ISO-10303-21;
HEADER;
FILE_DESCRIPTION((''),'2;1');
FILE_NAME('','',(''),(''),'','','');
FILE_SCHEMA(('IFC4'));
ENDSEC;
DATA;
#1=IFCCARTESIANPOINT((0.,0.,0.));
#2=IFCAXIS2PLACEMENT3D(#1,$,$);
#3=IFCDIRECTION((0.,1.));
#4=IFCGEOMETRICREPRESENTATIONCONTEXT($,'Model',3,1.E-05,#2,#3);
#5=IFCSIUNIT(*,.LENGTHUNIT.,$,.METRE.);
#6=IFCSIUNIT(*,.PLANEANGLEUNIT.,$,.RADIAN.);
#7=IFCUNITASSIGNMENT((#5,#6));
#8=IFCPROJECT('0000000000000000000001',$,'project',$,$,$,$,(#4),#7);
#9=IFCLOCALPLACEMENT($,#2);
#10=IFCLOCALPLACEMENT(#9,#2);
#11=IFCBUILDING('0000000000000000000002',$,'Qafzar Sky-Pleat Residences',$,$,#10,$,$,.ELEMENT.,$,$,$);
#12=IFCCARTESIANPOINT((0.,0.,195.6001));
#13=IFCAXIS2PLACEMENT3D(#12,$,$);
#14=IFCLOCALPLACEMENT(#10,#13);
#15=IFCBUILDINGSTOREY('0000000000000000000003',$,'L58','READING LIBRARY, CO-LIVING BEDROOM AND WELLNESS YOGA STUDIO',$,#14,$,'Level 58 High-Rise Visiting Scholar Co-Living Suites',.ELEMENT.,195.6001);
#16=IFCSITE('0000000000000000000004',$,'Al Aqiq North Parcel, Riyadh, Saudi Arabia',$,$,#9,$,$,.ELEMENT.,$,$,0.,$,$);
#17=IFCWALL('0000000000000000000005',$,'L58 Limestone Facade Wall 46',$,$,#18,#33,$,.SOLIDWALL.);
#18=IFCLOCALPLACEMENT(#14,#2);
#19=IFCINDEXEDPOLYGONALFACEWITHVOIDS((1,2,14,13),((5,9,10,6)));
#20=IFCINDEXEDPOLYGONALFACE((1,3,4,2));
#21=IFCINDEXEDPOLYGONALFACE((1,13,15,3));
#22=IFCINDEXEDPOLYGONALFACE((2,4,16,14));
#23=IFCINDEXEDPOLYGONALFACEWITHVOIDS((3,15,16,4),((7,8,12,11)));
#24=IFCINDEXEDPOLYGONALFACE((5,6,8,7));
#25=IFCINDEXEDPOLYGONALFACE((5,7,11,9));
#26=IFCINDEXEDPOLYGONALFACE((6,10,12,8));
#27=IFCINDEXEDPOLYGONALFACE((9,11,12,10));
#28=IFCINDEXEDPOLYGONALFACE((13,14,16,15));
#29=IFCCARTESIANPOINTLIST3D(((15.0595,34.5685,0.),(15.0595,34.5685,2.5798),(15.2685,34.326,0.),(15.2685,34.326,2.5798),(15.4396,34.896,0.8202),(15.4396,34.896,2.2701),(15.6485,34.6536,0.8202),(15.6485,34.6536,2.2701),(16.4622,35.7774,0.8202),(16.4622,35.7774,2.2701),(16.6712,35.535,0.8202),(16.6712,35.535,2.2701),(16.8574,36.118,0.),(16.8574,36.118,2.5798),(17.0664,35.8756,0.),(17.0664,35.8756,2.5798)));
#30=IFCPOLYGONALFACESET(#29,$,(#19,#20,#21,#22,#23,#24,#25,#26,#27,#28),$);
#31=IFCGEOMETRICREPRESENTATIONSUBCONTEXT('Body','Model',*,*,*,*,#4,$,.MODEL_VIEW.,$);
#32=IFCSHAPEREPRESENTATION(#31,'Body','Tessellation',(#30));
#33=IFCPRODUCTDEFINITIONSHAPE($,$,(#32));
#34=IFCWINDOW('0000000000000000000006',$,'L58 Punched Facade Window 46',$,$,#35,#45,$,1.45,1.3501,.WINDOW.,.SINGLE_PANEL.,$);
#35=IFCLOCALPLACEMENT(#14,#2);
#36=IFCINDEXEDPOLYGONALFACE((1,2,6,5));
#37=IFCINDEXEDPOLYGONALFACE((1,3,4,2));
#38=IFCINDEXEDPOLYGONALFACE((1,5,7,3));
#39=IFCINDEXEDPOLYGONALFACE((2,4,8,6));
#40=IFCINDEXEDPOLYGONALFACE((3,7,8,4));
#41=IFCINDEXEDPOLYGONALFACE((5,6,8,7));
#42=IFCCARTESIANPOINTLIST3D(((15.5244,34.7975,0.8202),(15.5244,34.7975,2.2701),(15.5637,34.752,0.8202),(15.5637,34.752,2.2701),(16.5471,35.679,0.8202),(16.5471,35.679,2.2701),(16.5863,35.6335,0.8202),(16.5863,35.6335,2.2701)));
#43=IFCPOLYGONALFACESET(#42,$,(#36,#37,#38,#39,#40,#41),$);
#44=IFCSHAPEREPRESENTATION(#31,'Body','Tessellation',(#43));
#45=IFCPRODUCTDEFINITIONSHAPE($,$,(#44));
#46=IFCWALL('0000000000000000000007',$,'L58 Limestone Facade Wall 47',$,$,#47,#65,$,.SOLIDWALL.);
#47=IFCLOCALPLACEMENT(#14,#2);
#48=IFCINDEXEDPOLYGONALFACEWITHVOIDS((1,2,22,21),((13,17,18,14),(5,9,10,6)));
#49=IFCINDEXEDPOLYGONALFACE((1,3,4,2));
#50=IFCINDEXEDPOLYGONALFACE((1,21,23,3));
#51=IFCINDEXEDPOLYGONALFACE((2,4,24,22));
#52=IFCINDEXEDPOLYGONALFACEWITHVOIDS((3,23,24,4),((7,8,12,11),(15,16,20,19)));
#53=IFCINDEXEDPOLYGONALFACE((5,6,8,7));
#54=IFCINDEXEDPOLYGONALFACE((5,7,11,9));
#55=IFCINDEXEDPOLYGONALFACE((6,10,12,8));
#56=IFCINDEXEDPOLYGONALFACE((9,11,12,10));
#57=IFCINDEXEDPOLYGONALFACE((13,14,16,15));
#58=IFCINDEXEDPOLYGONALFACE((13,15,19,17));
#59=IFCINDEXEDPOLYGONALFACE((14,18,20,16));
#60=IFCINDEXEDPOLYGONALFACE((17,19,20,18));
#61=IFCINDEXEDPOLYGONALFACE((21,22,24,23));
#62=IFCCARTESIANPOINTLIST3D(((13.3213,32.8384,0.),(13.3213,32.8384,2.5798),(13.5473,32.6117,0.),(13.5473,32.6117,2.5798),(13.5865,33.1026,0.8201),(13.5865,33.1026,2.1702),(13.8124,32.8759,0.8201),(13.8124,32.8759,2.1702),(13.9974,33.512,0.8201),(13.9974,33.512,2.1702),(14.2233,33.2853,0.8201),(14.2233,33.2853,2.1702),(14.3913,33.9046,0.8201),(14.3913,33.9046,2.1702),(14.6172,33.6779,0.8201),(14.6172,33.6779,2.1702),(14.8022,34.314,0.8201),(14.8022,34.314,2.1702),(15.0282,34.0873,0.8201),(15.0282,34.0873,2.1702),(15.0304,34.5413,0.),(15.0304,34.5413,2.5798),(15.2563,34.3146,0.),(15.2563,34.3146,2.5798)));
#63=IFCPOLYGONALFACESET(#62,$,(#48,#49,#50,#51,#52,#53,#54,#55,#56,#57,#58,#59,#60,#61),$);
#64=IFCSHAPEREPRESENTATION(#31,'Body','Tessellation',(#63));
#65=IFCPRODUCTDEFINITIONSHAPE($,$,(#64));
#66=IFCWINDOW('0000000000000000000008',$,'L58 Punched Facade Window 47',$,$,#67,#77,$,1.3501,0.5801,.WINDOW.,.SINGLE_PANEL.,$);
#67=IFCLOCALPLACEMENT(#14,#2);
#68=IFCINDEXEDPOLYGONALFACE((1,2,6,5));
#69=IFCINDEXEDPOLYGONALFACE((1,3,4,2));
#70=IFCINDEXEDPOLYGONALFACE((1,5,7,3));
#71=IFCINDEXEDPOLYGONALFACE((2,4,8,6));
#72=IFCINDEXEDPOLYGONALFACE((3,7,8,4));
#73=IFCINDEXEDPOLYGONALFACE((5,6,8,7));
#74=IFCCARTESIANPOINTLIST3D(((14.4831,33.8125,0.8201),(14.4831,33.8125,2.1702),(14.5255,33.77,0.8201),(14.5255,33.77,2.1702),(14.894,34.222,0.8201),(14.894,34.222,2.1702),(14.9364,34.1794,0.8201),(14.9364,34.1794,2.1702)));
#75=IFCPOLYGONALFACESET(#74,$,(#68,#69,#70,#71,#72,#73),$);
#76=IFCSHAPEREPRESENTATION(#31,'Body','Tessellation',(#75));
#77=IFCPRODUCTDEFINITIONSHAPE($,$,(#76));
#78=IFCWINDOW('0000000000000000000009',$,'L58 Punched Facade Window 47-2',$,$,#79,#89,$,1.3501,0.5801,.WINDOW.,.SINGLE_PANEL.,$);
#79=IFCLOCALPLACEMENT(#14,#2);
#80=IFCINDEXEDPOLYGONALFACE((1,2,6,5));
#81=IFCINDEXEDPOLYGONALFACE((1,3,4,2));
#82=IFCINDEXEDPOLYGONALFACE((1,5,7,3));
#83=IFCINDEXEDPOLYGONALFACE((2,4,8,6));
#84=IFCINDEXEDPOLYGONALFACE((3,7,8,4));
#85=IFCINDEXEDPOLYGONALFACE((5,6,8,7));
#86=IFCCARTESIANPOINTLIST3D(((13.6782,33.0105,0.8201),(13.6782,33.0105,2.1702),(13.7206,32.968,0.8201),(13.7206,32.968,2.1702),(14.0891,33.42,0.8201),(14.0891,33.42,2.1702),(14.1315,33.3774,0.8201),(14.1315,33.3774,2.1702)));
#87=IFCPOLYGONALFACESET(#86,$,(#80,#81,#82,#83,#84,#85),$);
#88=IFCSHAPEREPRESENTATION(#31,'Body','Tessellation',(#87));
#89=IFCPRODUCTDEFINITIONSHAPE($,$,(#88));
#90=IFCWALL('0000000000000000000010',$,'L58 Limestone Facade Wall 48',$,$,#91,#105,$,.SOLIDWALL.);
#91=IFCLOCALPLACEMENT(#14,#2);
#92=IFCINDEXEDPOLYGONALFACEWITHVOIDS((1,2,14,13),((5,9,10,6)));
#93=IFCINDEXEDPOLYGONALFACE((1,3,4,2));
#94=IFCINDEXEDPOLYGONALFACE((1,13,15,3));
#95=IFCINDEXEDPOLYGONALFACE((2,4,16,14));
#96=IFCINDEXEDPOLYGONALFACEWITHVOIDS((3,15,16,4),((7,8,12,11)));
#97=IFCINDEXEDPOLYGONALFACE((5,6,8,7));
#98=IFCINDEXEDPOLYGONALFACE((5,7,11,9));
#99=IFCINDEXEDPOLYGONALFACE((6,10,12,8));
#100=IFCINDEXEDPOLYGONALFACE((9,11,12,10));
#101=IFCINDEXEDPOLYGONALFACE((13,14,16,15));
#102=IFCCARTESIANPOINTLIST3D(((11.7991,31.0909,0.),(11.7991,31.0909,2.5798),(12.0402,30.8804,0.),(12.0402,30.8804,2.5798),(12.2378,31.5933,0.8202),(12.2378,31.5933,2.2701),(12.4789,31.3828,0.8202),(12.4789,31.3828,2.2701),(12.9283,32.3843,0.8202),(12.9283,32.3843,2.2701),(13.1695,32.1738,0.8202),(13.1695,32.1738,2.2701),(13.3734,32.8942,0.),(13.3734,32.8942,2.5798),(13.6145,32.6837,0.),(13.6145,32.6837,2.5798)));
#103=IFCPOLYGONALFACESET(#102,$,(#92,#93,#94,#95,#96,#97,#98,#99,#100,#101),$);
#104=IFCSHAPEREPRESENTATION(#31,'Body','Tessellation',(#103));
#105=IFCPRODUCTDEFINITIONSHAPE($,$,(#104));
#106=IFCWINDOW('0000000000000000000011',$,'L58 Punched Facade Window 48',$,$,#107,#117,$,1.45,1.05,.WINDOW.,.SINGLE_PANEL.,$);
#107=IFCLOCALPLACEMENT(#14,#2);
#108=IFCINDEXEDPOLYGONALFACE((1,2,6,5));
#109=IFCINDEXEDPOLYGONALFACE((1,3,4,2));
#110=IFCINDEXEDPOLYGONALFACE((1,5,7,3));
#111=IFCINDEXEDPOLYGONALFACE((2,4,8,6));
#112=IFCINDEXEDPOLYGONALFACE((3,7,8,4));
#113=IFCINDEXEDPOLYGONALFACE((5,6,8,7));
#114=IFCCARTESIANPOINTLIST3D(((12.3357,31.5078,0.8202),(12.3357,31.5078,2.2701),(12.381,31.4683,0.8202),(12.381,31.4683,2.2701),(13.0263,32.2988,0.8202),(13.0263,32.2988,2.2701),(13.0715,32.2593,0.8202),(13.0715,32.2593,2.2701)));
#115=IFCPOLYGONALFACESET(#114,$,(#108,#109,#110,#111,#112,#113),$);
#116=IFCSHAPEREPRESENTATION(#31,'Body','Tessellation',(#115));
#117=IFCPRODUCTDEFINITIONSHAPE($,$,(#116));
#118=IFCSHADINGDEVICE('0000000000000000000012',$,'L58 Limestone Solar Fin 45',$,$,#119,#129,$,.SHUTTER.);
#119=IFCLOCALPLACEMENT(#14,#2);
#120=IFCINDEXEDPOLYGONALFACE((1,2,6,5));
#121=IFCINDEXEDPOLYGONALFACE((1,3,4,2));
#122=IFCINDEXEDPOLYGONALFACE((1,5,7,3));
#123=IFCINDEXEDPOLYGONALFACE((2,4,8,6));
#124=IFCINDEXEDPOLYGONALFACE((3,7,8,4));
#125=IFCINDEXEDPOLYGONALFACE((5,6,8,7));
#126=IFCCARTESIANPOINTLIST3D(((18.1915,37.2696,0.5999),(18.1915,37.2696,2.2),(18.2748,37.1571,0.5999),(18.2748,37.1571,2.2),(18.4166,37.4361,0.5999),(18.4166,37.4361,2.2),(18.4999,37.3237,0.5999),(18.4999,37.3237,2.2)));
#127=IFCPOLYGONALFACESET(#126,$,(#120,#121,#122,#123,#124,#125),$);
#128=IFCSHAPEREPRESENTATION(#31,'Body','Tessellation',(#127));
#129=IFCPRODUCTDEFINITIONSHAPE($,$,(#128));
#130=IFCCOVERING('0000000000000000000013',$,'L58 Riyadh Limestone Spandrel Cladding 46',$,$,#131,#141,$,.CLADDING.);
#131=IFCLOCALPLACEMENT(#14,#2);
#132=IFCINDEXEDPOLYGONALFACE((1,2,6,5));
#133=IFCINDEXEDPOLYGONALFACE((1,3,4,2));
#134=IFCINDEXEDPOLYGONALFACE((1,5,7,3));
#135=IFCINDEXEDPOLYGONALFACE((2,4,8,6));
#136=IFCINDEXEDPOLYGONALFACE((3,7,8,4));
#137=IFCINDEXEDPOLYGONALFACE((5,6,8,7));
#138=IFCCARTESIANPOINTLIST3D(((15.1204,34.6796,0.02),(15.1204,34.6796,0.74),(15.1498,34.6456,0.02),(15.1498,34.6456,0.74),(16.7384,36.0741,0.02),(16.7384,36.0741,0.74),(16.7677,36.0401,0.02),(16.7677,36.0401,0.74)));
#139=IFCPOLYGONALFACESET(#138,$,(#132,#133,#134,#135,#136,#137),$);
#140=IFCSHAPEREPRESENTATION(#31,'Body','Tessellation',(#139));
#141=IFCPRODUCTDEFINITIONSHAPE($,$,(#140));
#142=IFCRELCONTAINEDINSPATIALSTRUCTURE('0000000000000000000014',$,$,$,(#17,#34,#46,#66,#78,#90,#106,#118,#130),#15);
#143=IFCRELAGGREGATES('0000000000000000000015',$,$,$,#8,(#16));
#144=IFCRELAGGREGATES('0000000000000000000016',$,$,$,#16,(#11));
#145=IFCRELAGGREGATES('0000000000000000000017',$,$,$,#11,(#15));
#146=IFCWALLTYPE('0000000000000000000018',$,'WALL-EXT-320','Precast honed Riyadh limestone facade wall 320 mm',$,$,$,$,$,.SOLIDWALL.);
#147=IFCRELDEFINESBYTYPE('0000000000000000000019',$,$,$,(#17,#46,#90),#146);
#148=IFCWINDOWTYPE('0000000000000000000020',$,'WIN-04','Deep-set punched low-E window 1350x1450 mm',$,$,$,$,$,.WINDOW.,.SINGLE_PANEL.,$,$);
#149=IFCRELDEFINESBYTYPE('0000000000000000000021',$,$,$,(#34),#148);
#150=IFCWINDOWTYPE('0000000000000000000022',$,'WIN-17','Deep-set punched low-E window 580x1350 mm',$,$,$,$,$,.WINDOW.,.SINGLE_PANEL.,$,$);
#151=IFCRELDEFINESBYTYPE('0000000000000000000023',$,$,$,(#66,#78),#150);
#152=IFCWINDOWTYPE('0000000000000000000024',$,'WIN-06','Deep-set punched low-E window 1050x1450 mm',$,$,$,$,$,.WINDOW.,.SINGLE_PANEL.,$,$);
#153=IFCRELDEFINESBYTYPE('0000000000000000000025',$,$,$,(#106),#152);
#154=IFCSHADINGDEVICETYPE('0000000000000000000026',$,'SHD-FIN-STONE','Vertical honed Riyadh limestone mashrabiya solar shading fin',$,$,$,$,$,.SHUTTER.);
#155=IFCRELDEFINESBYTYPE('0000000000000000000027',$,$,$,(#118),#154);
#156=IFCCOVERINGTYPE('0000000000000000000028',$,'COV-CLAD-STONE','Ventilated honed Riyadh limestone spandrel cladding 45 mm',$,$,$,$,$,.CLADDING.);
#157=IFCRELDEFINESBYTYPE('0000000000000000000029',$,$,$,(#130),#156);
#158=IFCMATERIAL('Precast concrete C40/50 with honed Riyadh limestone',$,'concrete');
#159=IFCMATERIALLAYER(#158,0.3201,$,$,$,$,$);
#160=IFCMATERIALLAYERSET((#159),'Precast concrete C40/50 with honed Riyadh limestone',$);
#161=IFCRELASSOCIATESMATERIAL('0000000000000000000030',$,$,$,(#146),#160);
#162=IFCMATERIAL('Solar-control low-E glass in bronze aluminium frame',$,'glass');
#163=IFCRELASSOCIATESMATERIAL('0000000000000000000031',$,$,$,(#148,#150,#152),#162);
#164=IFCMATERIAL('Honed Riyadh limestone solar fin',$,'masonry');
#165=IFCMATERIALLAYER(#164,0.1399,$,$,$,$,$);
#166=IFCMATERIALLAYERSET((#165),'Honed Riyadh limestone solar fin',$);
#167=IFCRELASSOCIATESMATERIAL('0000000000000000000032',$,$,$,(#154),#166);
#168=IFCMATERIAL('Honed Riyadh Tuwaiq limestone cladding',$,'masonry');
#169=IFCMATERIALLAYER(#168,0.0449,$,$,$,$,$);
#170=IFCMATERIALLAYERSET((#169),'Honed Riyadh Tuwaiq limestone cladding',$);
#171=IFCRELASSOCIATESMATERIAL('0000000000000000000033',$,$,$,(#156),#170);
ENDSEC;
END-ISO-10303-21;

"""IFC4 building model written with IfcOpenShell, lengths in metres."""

from ifc_helpers import new_model, si_unit, direction, frame, frame_2d, origin, origin_2d, place, context, subcontext, project, spatial, rectangle, extrude, source, transform, mapped, material, layer, layer_set, type_object, element, fill, save


model = new_model("IFC4")

# Units and contexts
model_context = context("Model", 3, precision=1e-05, world=origin(), true_north=direction((0.0, 1.0)))
body_context = subcontext(model_context, "Body", "Model", "MODEL_VIEW")
ifc_project = project(units=[si_unit("LENGTHUNIT", "METRE"), si_unit("PLANEANGLEUNIT", "RADIAN")], contexts=[model_context])

# Site, building, storey
site_placement = place(None, origin())
site = spatial("IfcSite", under=ifc_project, at=site_placement, Name="Al Aqiq North Parcel, Riyadh, Saudi Arabia", CompositionType="ELEMENT", RefElevation=0.0)
building_placement = place(site_placement, origin())
building = spatial("IfcBuilding", under=site, at=building_placement, Name="Qafzar Sky-Pleat Residences", CompositionType="ELEMENT")
storey_placement = place(building_placement, frame((0.0, 0.0, 195.6001)))
storey = spatial("IfcBuildingStorey", under=building, at=storey_placement, Name="L58", Description="READING LIBRARY, CO-LIVING BEDROOM AND WELLNESS YOGA STUDIO", LongName="Level 58 High-Rise Visiting Scholar Co-Living Suites", CompositionType="ELEMENT", Elevation=195.6001)

# Wall, opening, window
ifc_material_1 = material(Name="Precast concrete C40/50 with honed Riyadh limestone", Category="concrete")
ifc_layer_1 = layer(ifc_material_1, 0.3201)
ifc_layer_set_1 = layer_set([ifc_layer_1], Name="Precast concrete C40/50 with honed Riyadh limestone")
wall_type_1 = type_object("IfcWallType", Name="WALL-EXT-320", Description="Precast honed Riyadh limestone facade wall 320 mm", PredefinedType="SOLIDWALL", material=ifc_layer_set_1)
ifc_material_2 = material(Name="Solar-control low-E glass in bronze aluminium frame", Category="glass")
wall_1_placement = place(storey_placement, frame((16.9619, 35.9968, 0.0), z_axis=(0.0, 0.0, 1.0), x_axis=(-0.757475, -0.652864, 0.0)))
wall_1 = element("IfcWall", 1, at=wall_1_placement, inside=storey, type_object=wall_type_1, Name="L58 Limestone Facade Wall 46", PredefinedType="SOLIDWALL", context=body_context, shape_type="SweptSolid", body=[
    extrude(rectangle(XDim=2.3735, YDim=0.3201, at=frame_2d((1.1868, 0.0))), origin(), (0.0, 0.0, 1.0), 2.5798),
])
opening_1_placement = place(wall_1_placement, frame((0.5217, 0.0, 0.8201)))
opening_1 = element("IfcOpeningElement", 2, at=opening_1_placement, cuts=wall_1, PredefinedType="OPENING", context=body_context, shape_type="SweptSolid", body=[
    extrude(rectangle(XDim=1.3501, YDim=1.45, at=frame_2d((0.675, 0.7251))), frame((0.0, 0.1699, 0.0), z_axis=(0.0, -1.0, 0.0), x_axis=(1.0, 0.0, 0.0)), (0.0, 0.0, 1.0), 0.3401),
])
window_type_1 = type_object("IfcWindowType", Name="WIN-04", Description="Deep-set punched low-E window 1350x1450 mm", PartitioningType="SINGLE_PANEL", PredefinedType="WINDOW", material=ifc_material_2)
shared_shape_1 = source(origin(), body_context, "Body", "SweptSolid", [
    extrude(rectangle(XDim=1.3501, YDim=1.45, at=frame_2d((0.675, 0.7251))), frame((0.0, 0.03, 0.0), z_axis=(0.0, -1.0, 0.0), x_axis=(1.0, 0.0, 0.0)), (0.0, 0.0, 1.0), 0.0601),
])
window_1_placement = place(opening_1_placement, origin())
window_1 = element("IfcWindow", 3, at=window_1_placement, inside=storey, type_object=window_type_1, Name="L58 Punched Facade Window 46", OverallHeight=1.45, OverallWidth=1.3501, PartitioningType="SINGLE_PANEL", PredefinedType="WINDOW", context=body_context, shape_type="MappedRepresentation", body=[
    mapped(shared_shape_1, transform((0.0, 0.0, 0.0), x_axis=(1.0, 0.0, 0.0), y_axis=(0.0, 1.0, 0.0), z_axis=(0.0, 0.0, 1.0), scale=1.0)),
])
fill(opening_1, window_1)

# Wall, openings, windows
wall_2_placement = place(storey_placement, frame((15.1433, 34.428, 0.0), z_axis=(0.0, 0.0, 1.0), x_axis=(-0.708371, -0.705841, 0.0)))
wall_2 = element("IfcWall", 4, at=wall_2_placement, inside=storey, type_object=wall_type_1, Name="L58 Limestone Facade Wall 47", PredefinedType="SOLIDWALL", context=body_context, shape_type="SweptSolid", body=[
    extrude(rectangle(XDim=2.4126, YDim=0.3201, at=frame_2d((1.2063, 0.0))), origin(), (0.0, 0.0, 1.0), 2.5798),
])
opening_2_placement = place(wall_2_placement, frame((0.322, 0.0, 0.8201)))
opening_2 = element("IfcOpeningElement", 5, at=opening_2_placement, cuts=wall_2, PredefinedType="OPENING", context=body_context, shape_type="SweptSolid", body=[
    extrude(rectangle(XDim=0.5801, YDim=1.3501, at=frame_2d((0.29, 0.675))), frame((0.0, 0.1699, 0.0), z_axis=(0.0, -1.0, 0.0), x_axis=(1.0, 0.0, 0.0)), (0.0, 0.0, 1.0), 0.3401),
])
opening_3_placement = place(wall_2_placement, frame((1.4583, 0.0, 0.8201)))
opening_3 = element("IfcOpeningElement", 6, at=opening_3_placement, cuts=wall_2, PredefinedType="OPENING", context=body_context, shape_type="SweptSolid", body=[
    extrude(rectangle(XDim=0.5801, YDim=1.3501, at=frame_2d((0.29, 0.675))), frame((0.0, 0.1699, 0.0), z_axis=(0.0, -1.0, 0.0), x_axis=(1.0, 0.0, 0.0)), (0.0, 0.0, 1.0), 0.3401),
])
window_type_2 = type_object("IfcWindowType", Name="WIN-17", Description="Deep-set punched low-E window 580x1350 mm", PartitioningType="SINGLE_PANEL", PredefinedType="WINDOW", material=ifc_material_2)
shared_shape_2 = source(origin(), body_context, "Body", "SweptSolid", [
    extrude(rectangle(XDim=0.5801, YDim=1.3501, at=frame_2d((0.29, 0.675))), frame((0.0, 0.03, 0.0), z_axis=(0.0, -1.0, 0.0), x_axis=(1.0, 0.0, 0.0)), (0.0, 0.0, 1.0), 0.0601),
])
window_2_placement = place(opening_2_placement, origin())
window_2 = element("IfcWindow", 7, at=window_2_placement, inside=storey, type_object=window_type_2, Name="L58 Punched Facade Window 47", OverallHeight=1.3501, OverallWidth=0.5801, PartitioningType="SINGLE_PANEL", PredefinedType="WINDOW", context=body_context, shape_type="MappedRepresentation", body=[
    mapped(shared_shape_2, transform((0.0, 0.0, 0.0), x_axis=(1.0, 0.0, 0.0), y_axis=(0.0, 1.0, 0.0), z_axis=(0.0, 0.0, 1.0), scale=1.0)),
])
fill(opening_2, window_2)
window_3_placement = place(opening_3_placement, origin())
window_3 = element("IfcWindow", 8, at=window_3_placement, inside=storey, type_object=window_type_2, Name="L58 Punched Facade Window 47-2", OverallHeight=1.3501, OverallWidth=0.5801, PartitioningType="SINGLE_PANEL", PredefinedType="WINDOW", context=body_context, shape_type="MappedRepresentation", body=[
    mapped(shared_shape_2, transform((0.0, 0.0, 0.0), x_axis=(1.0, 0.0, 0.0), y_axis=(0.0, 1.0, 0.0), z_axis=(0.0, 0.0, 1.0), scale=1.0)),
])
fill(opening_3, window_3)

# Wall, opening, window
wall_3_placement = place(storey_placement, frame((13.4939, 32.7888, 0.0), z_axis=(0.0, 0.0, 1.0), x_axis=(-0.657652, -0.753322, 0.0)))
wall_3 = element("IfcWall", 9, at=wall_3_placement, inside=storey, type_object=wall_type_1, Name="L58 Limestone Facade Wall 48", PredefinedType="SOLIDWALL", context=body_context, shape_type="SweptSolid", body=[
    extrude(rectangle(XDim=2.3938, YDim=0.3201, at=frame_2d((1.1968, 0.0))), origin(), (0.0, 0.0, 1.0), 2.5798),
])
opening_4_placement = place(wall_3_placement, frame((0.6768, 0.0, 0.8201)))
opening_4 = element("IfcOpeningElement", 10, at=opening_4_placement, cuts=wall_3, PredefinedType="OPENING", context=body_context, shape_type="SweptSolid", body=[
    extrude(rectangle(XDim=1.05, YDim=1.45, at=frame_2d((0.5249, 0.7251))), frame((0.0, 0.1699, 0.0), z_axis=(0.0, -1.0, 0.0), x_axis=(1.0, 0.0, 0.0)), (0.0, 0.0, 1.0), 0.3401),
])
window_type_3 = type_object("IfcWindowType", Name="WIN-06", Description="Deep-set punched low-E window 1050x1450 mm", PartitioningType="SINGLE_PANEL", PredefinedType="WINDOW", material=ifc_material_2)
shared_shape_3 = source(origin(), body_context, "Body", "SweptSolid", [
    extrude(rectangle(XDim=1.05, YDim=1.45, at=frame_2d((0.5249, 0.7251))), frame((0.0, 0.03, 0.0), z_axis=(0.0, -1.0, 0.0), x_axis=(1.0, 0.0, 0.0)), (0.0, 0.0, 1.0), 0.0601),
])
window_4_placement = place(opening_4_placement, origin())
window_4 = element("IfcWindow", 11, at=window_4_placement, inside=storey, type_object=window_type_3, Name="L58 Punched Facade Window 48", OverallHeight=1.45, OverallWidth=1.05, PartitioningType="SINGLE_PANEL", PredefinedType="WINDOW", context=body_context, shape_type="MappedRepresentation", body=[
    mapped(shared_shape_3, transform((0.0, 0.0, 0.0), x_axis=(1.0, 0.0, 0.0), y_axis=(0.0, 1.0, 0.0), z_axis=(0.0, 0.0, 1.0), scale=1.0)),
])
fill(opening_4, window_4)

# Shading device
ifc_material_3 = material(Name="Honed Riyadh limestone solar fin", Category="masonry")
ifc_layer_2 = layer(ifc_material_3, 0.1399)
ifc_layer_set_2 = layer_set([ifc_layer_2], Name="Honed Riyadh limestone solar fin")
shading_device_type = type_object("IfcShadingDeviceType", Name="SHD-FIN-STONE", Description="Vertical honed Riyadh limestone mashrabiya solar shading fin", PredefinedType="SHUTTER", material=ifc_layer_set_2)
shared_shape_4 = source(origin(), body_context, "Body", "SweptSolid", [
    extrude(rectangle(XDim=0.1399, YDim=0.28, at=origin_2d()), origin(), (0.0, 0.0, 1.0), 1.6001),
])
shading_device_placement = place(storey_placement, frame((18.3457, 37.2966, 0.5999), z_axis=(0.0, 0.0, 1.0), x_axis=(-0.594856, 0.803832, 0.0)))
element("IfcShadingDevice", 12, at=shading_device_placement, inside=storey, type_object=shading_device_type, Name="L58 Limestone Solar Fin 45", PredefinedType="SHUTTER", context=body_context, shape_type="MappedRepresentation", body=[
    mapped(shared_shape_4, transform((0.0, 0.0, 0.0), x_axis=(1.0, 0.0, 0.0), y_axis=(0.0, 1.0, 0.0), z_axis=(0.0, 0.0, 1.0), scale=1.0)),
])

# Covering
ifc_material_4 = material(Name="Honed Riyadh Tuwaiq limestone cladding", Category="masonry")
ifc_layer_3 = layer(ifc_material_4, 0.0449)
ifc_layer_set_3 = layer_set([ifc_layer_3], Name="Honed Riyadh Tuwaiq limestone cladding")
covering_type = type_object("IfcCoveringType", Name="COV-CLAD-STONE", Description="Ventilated honed Riyadh limestone spandrel cladding 45 mm", PredefinedType="CLADDING", material=ifc_layer_set_3)
shared_shape_5 = source(origin(), body_context, "Body", "SweptSolid", [
    extrude(rectangle(XDim=2.136, YDim=0.0449, at=origin_2d()), origin(), (0.0, 0.0, 1.0), 0.72),
])
covering_placement = place(storey_placement, frame((15.9441, 35.3599, 0.02), z_axis=(0.0, 0.0, 1.0), x_axis=(-0.757478, -0.65286, 0.0)))
element("IfcCovering", 13, at=covering_placement, inside=storey, type_object=covering_type, Name="L58 Riyadh Limestone Spandrel Cladding 46", PredefinedType="CLADDING", context=body_context, shape_type="MappedRepresentation", body=[
    mapped(shared_shape_5, transform((0.0, 0.0, 0.0), x_axis=(1.0, 0.0, 0.0), y_axis=(0.0, 1.0, 0.0), z_axis=(0.0, 0.0, 1.0), scale=1.0)),
])

save(model, "model.ifc")
